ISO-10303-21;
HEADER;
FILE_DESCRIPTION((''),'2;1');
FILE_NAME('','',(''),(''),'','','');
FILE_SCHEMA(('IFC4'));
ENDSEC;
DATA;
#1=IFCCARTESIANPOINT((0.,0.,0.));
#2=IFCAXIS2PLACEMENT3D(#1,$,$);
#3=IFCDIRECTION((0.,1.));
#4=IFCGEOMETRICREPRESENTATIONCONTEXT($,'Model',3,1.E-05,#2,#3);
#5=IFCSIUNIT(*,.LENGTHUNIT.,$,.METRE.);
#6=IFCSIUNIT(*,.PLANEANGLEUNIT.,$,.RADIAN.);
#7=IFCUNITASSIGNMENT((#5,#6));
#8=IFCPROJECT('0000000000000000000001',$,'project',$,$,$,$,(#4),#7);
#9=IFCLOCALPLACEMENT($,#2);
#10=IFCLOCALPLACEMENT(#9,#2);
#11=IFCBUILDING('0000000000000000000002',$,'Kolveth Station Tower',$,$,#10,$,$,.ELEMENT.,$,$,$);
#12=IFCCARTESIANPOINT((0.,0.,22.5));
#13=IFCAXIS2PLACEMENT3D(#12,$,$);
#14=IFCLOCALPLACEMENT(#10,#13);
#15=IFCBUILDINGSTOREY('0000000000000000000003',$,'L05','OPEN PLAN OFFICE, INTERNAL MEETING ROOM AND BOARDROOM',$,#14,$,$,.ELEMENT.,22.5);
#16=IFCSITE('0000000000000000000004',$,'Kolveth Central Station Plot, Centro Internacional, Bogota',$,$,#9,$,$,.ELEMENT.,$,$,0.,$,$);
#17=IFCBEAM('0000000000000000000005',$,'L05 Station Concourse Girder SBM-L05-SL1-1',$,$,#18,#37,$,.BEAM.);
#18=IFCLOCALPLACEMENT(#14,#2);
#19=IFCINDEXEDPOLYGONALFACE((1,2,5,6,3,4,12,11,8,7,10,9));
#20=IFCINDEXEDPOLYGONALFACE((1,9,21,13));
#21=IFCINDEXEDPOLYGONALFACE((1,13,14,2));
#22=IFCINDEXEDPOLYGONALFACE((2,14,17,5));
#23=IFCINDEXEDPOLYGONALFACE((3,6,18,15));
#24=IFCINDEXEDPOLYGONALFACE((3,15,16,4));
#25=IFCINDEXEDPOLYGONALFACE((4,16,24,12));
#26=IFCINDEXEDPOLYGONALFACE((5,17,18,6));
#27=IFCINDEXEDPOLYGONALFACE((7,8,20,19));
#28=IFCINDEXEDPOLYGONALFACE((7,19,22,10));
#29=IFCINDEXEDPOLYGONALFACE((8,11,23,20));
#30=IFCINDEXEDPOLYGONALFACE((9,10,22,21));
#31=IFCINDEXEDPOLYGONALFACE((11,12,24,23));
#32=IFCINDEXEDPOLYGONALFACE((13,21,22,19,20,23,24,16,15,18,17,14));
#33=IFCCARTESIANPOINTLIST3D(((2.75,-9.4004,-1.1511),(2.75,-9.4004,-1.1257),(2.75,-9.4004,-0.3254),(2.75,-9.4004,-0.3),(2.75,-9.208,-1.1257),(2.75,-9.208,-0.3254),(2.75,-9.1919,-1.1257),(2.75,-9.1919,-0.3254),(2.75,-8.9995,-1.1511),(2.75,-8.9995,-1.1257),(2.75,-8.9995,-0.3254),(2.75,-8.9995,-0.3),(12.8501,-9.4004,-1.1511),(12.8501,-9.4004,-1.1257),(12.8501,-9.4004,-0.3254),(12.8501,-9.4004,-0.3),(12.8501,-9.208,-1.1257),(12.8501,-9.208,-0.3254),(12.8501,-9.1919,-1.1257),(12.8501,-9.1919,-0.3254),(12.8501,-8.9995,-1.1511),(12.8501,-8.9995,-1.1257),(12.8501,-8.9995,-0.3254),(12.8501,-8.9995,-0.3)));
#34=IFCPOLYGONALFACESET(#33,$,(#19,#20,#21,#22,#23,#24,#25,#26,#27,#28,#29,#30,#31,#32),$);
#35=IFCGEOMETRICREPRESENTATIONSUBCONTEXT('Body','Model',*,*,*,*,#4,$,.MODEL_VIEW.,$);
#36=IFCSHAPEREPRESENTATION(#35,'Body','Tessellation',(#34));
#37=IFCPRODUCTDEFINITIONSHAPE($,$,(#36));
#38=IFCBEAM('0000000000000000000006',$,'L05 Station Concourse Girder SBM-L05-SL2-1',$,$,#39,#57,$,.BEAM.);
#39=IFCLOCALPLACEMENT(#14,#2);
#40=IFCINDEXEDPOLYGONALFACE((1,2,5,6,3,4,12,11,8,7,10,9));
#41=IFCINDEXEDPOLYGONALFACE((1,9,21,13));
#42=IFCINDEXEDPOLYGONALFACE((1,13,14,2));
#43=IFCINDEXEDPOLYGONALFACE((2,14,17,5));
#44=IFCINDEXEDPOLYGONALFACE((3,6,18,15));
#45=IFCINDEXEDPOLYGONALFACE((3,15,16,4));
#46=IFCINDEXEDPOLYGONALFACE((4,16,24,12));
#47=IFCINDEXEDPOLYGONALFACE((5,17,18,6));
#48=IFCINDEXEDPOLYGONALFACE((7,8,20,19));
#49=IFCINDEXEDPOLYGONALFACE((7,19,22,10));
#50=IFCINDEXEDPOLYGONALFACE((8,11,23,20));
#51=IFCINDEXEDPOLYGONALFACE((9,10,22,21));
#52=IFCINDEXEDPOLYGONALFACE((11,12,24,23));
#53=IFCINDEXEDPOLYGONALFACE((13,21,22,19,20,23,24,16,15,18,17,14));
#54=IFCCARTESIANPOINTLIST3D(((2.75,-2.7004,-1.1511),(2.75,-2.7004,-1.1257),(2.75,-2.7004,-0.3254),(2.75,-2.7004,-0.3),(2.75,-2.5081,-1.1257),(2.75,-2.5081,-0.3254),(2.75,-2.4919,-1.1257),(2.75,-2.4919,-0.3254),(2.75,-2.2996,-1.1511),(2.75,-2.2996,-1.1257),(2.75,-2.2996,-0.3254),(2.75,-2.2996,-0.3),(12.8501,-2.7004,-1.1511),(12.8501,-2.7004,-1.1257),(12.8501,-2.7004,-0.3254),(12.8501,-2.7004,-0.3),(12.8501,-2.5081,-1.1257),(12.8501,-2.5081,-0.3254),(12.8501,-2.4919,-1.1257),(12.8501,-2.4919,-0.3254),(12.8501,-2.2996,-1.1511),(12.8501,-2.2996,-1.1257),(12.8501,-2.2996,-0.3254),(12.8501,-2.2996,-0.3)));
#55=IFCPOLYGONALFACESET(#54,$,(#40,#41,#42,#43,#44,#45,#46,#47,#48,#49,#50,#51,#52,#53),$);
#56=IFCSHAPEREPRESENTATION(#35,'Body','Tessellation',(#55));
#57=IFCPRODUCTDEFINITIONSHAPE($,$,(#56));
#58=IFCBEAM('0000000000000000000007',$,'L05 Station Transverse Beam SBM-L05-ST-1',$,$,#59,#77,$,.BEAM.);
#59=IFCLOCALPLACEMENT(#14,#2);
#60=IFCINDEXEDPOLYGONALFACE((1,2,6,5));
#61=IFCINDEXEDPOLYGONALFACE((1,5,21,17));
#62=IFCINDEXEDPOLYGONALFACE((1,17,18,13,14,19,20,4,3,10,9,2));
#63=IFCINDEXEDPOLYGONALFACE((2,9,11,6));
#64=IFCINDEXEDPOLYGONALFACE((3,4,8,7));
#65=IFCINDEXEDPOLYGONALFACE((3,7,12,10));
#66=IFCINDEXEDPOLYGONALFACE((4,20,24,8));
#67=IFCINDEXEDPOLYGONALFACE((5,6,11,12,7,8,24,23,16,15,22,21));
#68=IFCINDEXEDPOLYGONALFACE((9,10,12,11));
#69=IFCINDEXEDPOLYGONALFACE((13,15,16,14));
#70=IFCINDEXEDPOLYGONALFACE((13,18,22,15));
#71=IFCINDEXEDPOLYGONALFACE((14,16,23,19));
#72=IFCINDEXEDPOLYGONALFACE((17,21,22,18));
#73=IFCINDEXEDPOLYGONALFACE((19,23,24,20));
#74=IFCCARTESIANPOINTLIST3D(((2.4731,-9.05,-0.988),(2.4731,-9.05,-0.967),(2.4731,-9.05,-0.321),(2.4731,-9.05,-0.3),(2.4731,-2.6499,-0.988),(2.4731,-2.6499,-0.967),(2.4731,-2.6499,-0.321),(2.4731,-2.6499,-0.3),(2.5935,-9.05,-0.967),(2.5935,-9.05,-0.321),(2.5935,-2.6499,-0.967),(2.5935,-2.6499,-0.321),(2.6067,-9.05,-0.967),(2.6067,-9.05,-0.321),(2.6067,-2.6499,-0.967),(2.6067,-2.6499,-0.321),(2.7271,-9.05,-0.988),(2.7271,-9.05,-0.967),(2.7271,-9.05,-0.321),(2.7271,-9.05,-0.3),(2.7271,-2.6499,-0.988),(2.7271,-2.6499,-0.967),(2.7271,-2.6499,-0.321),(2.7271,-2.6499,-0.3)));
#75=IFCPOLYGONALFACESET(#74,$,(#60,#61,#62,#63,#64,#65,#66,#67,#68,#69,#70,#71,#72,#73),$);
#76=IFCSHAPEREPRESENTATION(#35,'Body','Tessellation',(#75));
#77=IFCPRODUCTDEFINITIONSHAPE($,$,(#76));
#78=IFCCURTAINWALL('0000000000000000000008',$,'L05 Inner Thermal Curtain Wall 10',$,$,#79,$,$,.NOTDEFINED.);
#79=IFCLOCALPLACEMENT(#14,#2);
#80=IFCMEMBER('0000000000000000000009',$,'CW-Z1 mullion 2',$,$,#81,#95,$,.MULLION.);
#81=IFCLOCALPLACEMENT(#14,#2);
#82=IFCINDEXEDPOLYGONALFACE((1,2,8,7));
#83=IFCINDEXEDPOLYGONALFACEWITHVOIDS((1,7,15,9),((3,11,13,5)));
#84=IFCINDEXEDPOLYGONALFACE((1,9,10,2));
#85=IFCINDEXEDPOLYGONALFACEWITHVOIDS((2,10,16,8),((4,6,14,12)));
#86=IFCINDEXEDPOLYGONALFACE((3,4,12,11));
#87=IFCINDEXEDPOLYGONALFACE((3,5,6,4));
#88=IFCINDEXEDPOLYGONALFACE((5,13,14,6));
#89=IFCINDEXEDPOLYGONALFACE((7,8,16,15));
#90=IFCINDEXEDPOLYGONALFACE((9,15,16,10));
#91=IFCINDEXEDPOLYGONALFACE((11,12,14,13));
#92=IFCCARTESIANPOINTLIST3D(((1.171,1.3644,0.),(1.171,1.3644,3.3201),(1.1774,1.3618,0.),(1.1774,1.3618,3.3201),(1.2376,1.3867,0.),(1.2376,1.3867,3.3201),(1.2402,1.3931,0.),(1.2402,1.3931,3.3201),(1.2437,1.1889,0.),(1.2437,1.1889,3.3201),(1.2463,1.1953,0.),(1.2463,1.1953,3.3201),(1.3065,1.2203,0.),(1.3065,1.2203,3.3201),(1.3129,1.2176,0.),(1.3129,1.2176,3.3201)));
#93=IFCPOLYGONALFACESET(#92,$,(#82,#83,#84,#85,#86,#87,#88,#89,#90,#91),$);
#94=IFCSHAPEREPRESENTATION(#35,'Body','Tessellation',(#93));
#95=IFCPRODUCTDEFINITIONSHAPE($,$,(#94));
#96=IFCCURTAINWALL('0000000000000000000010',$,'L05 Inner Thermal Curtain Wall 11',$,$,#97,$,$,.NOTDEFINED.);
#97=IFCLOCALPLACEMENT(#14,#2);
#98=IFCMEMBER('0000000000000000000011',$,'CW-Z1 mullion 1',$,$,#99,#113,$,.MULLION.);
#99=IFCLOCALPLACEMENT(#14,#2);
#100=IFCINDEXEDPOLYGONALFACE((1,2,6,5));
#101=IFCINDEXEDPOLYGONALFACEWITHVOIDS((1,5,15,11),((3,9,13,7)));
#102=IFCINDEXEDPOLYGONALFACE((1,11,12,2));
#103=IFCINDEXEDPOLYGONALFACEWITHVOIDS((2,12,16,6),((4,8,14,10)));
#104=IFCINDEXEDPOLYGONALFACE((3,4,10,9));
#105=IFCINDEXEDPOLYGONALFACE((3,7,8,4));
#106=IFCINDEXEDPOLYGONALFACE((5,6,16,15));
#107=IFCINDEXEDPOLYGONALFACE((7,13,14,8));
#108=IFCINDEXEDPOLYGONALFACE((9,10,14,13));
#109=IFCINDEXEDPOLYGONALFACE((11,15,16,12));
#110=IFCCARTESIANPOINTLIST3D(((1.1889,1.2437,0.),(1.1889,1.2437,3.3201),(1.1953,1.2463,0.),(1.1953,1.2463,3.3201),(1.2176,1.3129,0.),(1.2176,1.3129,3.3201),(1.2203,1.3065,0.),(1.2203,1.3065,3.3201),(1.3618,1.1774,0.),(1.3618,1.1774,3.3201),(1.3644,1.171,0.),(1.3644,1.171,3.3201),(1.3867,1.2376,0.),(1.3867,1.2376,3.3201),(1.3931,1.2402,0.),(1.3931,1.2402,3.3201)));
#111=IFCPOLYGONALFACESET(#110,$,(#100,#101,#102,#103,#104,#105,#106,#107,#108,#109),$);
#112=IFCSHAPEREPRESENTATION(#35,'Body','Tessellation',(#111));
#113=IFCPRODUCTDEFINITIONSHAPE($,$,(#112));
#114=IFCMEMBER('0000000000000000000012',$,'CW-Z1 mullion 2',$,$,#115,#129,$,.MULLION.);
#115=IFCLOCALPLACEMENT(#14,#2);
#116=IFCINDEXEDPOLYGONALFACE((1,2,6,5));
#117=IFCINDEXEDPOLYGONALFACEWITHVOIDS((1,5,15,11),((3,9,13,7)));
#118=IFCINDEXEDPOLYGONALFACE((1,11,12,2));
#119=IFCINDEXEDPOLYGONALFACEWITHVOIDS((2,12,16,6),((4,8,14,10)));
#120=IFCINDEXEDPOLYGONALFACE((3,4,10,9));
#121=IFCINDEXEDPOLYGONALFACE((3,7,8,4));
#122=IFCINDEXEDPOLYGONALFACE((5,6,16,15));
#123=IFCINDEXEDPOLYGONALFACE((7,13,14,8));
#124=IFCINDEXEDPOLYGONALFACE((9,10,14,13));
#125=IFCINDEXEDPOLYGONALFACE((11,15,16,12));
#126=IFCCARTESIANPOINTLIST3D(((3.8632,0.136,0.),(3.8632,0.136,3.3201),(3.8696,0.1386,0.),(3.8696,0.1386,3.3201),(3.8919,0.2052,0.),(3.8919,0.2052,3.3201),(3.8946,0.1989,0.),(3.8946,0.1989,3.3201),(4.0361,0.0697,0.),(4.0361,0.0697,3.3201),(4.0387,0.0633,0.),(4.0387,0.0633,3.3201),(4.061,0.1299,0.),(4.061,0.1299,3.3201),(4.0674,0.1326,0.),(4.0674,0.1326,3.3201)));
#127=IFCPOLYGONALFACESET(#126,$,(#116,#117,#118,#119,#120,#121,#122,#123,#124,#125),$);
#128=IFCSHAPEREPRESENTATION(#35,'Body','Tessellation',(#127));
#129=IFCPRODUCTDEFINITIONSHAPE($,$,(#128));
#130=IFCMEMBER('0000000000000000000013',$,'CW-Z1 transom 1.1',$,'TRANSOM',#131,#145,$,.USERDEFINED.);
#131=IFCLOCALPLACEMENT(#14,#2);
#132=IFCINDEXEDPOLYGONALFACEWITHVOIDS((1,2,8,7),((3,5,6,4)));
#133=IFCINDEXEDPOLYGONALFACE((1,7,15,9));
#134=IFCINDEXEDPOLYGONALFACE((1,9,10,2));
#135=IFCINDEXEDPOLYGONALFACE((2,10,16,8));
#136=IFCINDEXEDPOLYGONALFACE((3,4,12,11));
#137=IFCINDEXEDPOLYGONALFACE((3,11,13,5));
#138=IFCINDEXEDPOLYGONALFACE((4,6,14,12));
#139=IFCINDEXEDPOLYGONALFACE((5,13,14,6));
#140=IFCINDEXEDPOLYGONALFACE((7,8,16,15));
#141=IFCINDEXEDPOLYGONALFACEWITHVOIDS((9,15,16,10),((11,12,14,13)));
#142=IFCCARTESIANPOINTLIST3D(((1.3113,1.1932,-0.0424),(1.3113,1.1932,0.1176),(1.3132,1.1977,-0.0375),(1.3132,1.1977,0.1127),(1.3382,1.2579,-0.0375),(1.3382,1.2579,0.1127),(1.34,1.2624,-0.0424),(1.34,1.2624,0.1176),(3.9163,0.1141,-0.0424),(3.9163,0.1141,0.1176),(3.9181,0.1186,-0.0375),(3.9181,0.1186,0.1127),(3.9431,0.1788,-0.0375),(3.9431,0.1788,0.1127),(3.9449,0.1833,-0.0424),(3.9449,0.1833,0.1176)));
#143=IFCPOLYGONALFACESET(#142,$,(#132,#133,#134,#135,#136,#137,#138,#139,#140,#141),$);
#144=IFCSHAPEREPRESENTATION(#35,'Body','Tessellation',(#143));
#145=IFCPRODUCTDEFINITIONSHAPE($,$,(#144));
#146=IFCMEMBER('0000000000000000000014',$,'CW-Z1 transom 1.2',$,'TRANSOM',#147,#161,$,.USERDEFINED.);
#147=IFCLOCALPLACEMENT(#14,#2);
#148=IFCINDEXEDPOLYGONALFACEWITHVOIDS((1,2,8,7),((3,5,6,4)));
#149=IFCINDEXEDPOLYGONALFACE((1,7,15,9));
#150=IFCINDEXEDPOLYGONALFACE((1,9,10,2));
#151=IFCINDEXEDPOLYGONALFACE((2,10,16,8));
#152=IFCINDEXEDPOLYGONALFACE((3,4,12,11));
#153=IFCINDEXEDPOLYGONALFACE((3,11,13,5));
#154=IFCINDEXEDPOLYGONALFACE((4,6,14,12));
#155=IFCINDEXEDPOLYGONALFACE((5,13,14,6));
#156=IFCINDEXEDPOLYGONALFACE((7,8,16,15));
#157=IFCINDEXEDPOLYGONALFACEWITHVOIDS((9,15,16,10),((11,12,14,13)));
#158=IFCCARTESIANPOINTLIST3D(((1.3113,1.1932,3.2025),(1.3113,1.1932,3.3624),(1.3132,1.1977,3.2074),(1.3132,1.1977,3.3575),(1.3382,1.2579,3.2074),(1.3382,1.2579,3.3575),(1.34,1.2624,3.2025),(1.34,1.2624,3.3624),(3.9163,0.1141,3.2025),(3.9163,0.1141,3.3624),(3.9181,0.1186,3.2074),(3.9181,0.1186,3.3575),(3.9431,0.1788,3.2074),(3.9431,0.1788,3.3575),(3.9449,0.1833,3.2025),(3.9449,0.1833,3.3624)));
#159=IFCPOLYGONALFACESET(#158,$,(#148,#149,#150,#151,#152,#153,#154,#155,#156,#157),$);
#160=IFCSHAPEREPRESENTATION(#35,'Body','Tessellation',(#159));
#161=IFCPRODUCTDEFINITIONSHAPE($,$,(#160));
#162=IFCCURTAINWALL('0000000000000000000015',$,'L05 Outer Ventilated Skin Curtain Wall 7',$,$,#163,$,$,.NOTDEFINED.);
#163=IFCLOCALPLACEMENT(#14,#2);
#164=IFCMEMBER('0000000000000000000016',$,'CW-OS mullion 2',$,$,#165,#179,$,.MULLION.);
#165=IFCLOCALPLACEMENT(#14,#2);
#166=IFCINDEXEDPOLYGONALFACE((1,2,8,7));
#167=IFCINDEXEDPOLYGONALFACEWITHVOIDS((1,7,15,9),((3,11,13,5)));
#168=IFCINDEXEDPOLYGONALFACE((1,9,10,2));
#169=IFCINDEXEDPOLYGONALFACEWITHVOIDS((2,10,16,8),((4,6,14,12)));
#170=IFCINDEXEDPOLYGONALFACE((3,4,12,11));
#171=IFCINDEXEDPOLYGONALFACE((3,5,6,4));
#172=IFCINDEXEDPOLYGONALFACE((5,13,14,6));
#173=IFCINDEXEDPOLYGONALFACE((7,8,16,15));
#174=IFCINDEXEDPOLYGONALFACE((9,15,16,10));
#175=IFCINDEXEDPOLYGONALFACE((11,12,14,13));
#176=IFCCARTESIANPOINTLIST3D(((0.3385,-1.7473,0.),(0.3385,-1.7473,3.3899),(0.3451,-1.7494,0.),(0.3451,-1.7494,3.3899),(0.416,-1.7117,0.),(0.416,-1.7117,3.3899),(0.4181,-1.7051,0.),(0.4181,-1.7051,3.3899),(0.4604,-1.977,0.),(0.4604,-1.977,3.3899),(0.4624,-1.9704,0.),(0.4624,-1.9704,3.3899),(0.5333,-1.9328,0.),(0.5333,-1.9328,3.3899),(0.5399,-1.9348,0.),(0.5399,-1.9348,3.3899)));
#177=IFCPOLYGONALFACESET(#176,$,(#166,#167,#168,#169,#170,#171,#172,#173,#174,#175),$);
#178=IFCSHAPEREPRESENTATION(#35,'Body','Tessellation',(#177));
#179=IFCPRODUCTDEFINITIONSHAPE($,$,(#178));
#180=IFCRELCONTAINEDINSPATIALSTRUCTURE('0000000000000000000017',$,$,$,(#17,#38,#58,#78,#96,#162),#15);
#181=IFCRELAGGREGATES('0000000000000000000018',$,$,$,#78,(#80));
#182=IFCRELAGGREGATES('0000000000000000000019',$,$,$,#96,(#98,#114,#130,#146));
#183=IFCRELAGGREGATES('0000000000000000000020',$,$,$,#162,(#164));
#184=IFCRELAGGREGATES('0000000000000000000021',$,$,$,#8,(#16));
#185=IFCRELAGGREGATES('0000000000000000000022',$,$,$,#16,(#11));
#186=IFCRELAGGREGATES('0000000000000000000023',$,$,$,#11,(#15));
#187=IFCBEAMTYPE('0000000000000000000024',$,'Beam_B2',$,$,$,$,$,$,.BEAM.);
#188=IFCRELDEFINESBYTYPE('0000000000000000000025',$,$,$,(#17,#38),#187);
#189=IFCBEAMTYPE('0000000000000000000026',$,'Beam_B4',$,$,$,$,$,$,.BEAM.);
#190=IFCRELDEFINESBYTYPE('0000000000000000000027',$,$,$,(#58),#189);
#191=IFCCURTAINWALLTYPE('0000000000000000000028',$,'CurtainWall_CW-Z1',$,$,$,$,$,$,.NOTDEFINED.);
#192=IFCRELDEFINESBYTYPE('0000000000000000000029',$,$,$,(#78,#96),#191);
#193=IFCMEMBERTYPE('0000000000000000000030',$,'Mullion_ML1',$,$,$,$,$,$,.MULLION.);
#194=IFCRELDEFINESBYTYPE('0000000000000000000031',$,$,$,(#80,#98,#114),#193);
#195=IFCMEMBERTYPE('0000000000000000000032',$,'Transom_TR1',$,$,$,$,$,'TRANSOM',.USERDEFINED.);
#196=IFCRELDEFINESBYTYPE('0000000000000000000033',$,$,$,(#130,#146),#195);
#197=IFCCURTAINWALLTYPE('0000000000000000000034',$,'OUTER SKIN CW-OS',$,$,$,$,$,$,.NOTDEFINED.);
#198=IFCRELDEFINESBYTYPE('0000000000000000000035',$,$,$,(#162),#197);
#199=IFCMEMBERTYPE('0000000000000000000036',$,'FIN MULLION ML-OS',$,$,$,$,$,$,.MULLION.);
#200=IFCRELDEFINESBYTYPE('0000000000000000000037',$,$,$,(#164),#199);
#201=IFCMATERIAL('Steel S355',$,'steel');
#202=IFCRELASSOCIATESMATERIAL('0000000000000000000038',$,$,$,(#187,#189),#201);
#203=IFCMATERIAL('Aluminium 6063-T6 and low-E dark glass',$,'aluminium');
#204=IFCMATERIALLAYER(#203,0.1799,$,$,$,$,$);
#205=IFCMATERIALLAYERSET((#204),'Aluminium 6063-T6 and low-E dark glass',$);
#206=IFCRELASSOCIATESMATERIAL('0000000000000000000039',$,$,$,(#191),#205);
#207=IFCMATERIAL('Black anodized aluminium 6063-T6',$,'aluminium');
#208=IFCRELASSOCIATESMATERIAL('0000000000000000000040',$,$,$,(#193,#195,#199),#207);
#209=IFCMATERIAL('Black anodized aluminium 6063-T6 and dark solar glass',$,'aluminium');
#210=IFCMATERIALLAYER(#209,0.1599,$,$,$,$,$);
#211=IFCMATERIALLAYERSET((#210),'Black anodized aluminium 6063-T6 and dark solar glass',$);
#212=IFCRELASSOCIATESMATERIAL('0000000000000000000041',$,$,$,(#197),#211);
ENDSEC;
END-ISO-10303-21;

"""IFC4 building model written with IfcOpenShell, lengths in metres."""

from ifc_helpers import new_model, si_unit, direction, frame, origin, origin_2d, place, context, subcontext, project, spatial, hollow_rectangle, i_section, extrude, source, transform, mapped, material, layer, layer_set, material_profile, profile_set, type_object, element, aggregate, save


model = new_model("IFC4")

# Units and contexts
model_context = context("Model", 3, precision=1e-05, world=origin(), true_north=direction((0.0, 1.0)))
body_context = subcontext(model_context, "Body", "Model", "MODEL_VIEW")
ifc_project = project(units=[si_unit("LENGTHUNIT", "METRE"), si_unit("PLANEANGLEUNIT", "RADIAN")], contexts=[model_context])

# Site, building, storey
site_placement = place(None, origin())
site = spatial("IfcSite", under=ifc_project, at=site_placement, Name="Kolveth Central Station Plot, Centro Internacional, Bogota", CompositionType="ELEMENT", RefElevation=0.0)
building_placement = place(site_placement, origin())
building = spatial("IfcBuilding", under=site, at=building_placement, Name="Kolveth Station Tower", CompositionType="ELEMENT")
storey_placement = place(building_placement, frame((0.0, 0.0, 22.5)))
storey = spatial("IfcBuildingStorey", under=building, at=storey_placement, Name="L05", Description="OPEN PLAN OFFICE, INTERNAL MEETING ROOM AND BOARDROOM", CompositionType="ELEMENT", Elevation=22.5)

# Beams
ifc_material_1 = material(Name="Steel S355", Category="steel")
ifc_material_profile_1 = material_profile(ifc_material_1, i_section(OverallWidth=0.4009, OverallDepth=0.8511, WebThickness=0.0161, FlangeThickness=0.0254, at=origin_2d()), Name="W840x226")
ifc_profile_set_1 = profile_set([ifc_material_profile_1], Name="Steel S355")
beam_type_1 = type_object("IfcBeamType", Name="Beam_B2", PredefinedType="BEAM", material=ifc_profile_set_1)
shared_shape_1 = source(origin(), body_context, "Body", "SweptSolid", [
    extrude(i_section(OverallWidth=0.4009, OverallDepth=0.8511, WebThickness=0.0161, FlangeThickness=0.0254, at=origin_2d()), origin(), (0.0, 0.0, 1.0), 10.1001),
])
for number, where, z_axis, x_axis, name in (
    (1, (2.75, -9.2, -0.7256), (1.0, 0.0, 0.0), (0.0, 1.0, 0.0), "L05 Station Concourse Girder SBM-L05-SL1-1"),
    (2, (2.75, -2.5, -0.7256), (1.0, 0.0, 0.0), (0.0, 1.0, 0.0), "L05 Station Concourse Girder SBM-L05-SL2-1"),
):
    element("IfcBeam", number, at=place(storey_placement, frame(where, z_axis=z_axis, x_axis=x_axis)), inside=storey, type_object=beam_type_1, Name=name, PredefinedType="BEAM", context=body_context, shape_type="MappedRepresentation", body=[
        mapped(shared_shape_1, transform((0.0, 0.0, 0.0), x_axis=(1.0, 0.0, 0.0), y_axis=(0.0, 1.0, 0.0), z_axis=(0.0, 0.0, 1.0), scale=1.0)),
    ])
ifc_material_profile_2 = material_profile(ifc_material_1, i_section(OverallWidth=0.2539, OverallDepth=0.688, WebThickness=0.0132, FlangeThickness=0.021, at=origin_2d()), Name="W690x152")
ifc_profile_set_2 = profile_set([ifc_material_profile_2], Name="Steel S355")
beam_type_2 = type_object("IfcBeamType", Name="Beam_B4", PredefinedType="BEAM", material=ifc_profile_set_2)
shared_shape_2 = source(origin(), body_context, "Body", "SweptSolid", [
    extrude(i_section(OverallWidth=0.2539, OverallDepth=0.688, WebThickness=0.0132, FlangeThickness=0.021, at=origin_2d()), origin(), (0.0, 0.0, 1.0), 6.4001),
])
beam_placement = place(storey_placement, frame((2.6001, -9.05, -0.644), z_axis=(0.0, 1.0, 0.0), x_axis=(-1.0, 0.0, 0.0)))
element("IfcBeam", 3, at=beam_placement, inside=storey, type_object=beam_type_2, Name="L05 Station Transverse Beam SBM-L05-ST-1", PredefinedType="BEAM", context=body_context, shape_type="MappedRepresentation", body=[
    mapped(shared_shape_2, transform((0.0, 0.0, 0.0), x_axis=(1.0, 0.0, 0.0), y_axis=(0.0, 1.0, 0.0), z_axis=(0.0, 0.0, 1.0), scale=1.0)),
])

# Curtain wall, member
ifc_material_2 = material(Name="Aluminium 6063-T6 and low-E dark glass", Category="aluminium")
ifc_layer_1 = layer(ifc_material_2, 0.1799)
ifc_layer_set_1 = layer_set([ifc_layer_1], Name="Aluminium 6063-T6 and low-E dark glass")
curtain_wall_type_1 = type_object("IfcCurtainWallType", Name="CurtainWall_CW-Z1", PredefinedType="NOTDEFINED", material=ifc_layer_set_1)
curtain_wall_1_placement = place(storey_placement, origin())
curtain_wall_1 = element("IfcCurtainWall", 4, at=curtain_wall_1_placement, inside=storey, type_object=curtain_wall_type_1, Name="L05 Inner Thermal Curtain Wall 10", PredefinedType="NOTDEFINED")
ifc_material_3 = material(Name="Black anodized aluminium 6063-T6", Category="aluminium")
ifc_material_profile_3 = material_profile(ifc_material_3, hollow_rectangle(XDim=0.075, YDim=0.1899, WallThickness=0.0049, at=origin_2d()), Name="ALU-75x190x5")
ifc_profile_set_3 = profile_set([ifc_material_profile_3], Name="Black anodized aluminium 6063-T6")
member_type_1 = type_object("IfcMemberType", Name="Mullion_ML1", PredefinedType="MULLION", material=ifc_profile_set_3)
shared_shape_3 = source(origin(), body_context, "Body", "SweptSolid", [
    extrude(hollow_rectangle(XDim=0.075, YDim=0.1899, WallThickness=0.0049, at=origin_2d()), origin(), (0.0, 0.0, 1.0), 3.3201),
])
member_1_placement = place(storey_placement, frame((1.2419, 1.291, 0.0), z_axis=(0.0, 0.0, 1.0), x_axis=(0.923884, 0.382673, 0.0)))
member_1 = element("IfcMember", 5, at=member_1_placement, type_object=member_type_1, Name="CW-Z1 mullion 2", PredefinedType="MULLION", context=body_context, shape_type="MappedRepresentation", body=[
    mapped(shared_shape_3, transform((0.0, 0.0, 0.0), x_axis=(1.0, 0.0, 0.0), y_axis=(0.0, 1.0, 0.0), z_axis=(0.0, 0.0, 1.0), scale=1.0)),
])

# Curtain wall, members
curtain_wall_2_placement = place(storey_placement, origin())
curtain_wall_2 = element("IfcCurtainWall", 6, at=curtain_wall_2_placement, inside=storey, type_object=curtain_wall_type_1, Name="L05 Inner Thermal Curtain Wall 11", PredefinedType="NOTDEFINED")
member_2_placement = place(storey_placement, frame((1.291, 1.2419, 0.0), z_axis=(0.0, 0.0, 1.0), x_axis=(0.382673, 0.923884, 0.0)))
member_2 = element("IfcMember", 7, at=member_2_placement, type_object=member_type_1, Name="CW-Z1 mullion 1", PredefinedType="MULLION", context=body_context, shape_type="MappedRepresentation", body=[
    mapped(shared_shape_3, transform((0.0, 0.0, 0.0), x_axis=(1.0, 0.0, 0.0), y_axis=(0.0, 1.0, 0.0), z_axis=(0.0, 0.0, 1.0), scale=1.0)),
])
member_3_placement = place(storey_placement, frame((3.9653, 0.1343, 0.0), z_axis=(0.0, 0.0, 1.0), x_axis=(0.382673, 0.923884, 0.0)))
member_3 = element("IfcMember", 8, at=member_3_placement, type_object=member_type_1, Name="CW-Z1 mullion 2", PredefinedType="MULLION", context=body_context, shape_type="MappedRepresentation", body=[
    mapped(shared_shape_3, transform((0.0, 0.0, 0.0), x_axis=(1.0, 0.0, 0.0), y_axis=(0.0, 1.0, 0.0), z_axis=(0.0, 0.0, 1.0), scale=1.0)),
])
ifc_material_profile_4 = material_profile(ifc_material_3, hollow_rectangle(XDim=0.075, YDim=0.1599, WallThickness=0.0049, at=origin_2d()), Name="ALU-75x160x5")
ifc_profile_set_4 = profile_set([ifc_material_profile_4], Name="Black anodized aluminium 6063-T6")
member_type_2 = type_object("IfcMemberType", Name="Transom_TR1", ElementType="TRANSOM", PredefinedType="USERDEFINED", material=ifc_profile_set_4)
shared_shape_4 = source(origin(), body_context, "Body", "SweptSolid", [
    extrude(hollow_rectangle(XDim=0.075, YDim=0.1599, WallThickness=0.0049, at=origin_2d()), origin(), (0.0, 0.0, 1.0), 2.8196),
])
member_4_placement = place(storey_placement, frame((1.3257, 1.2278, 0.0376), z_axis=(0.923869, -0.382709, 0.0), x_axis=(0.382709, 0.923869, 0.0)))
member_4 = element("IfcMember", 9, at=member_4_placement, type_object=member_type_2, Name="CW-Z1 transom 1.1", ObjectType="TRANSOM", PredefinedType="USERDEFINED", context=body_context, shape_type="MappedRepresentation", body=[
    mapped(shared_shape_4, transform((0.0, 0.0, 0.0), x_axis=(1.0, 0.0, 0.0), y_axis=(0.0, 1.0, 0.0), z_axis=(0.0, 0.0, 1.0), scale=1.0)),
])
member_5_placement = place(storey_placement, frame((1.3257, 1.2278, 3.2825), z_axis=(0.923869, -0.382709, 0.0), x_axis=(0.382709, 0.923869, 0.0)))
member_5 = element("IfcMember", 10, at=member_5_placement, type_object=member_type_2, Name="CW-Z1 transom 1.2", ObjectType="TRANSOM", PredefinedType="USERDEFINED", context=body_context, shape_type="MappedRepresentation", body=[
    mapped(shared_shape_4, transform((0.0, 0.0, 0.0), x_axis=(1.0, 0.0, 0.0), y_axis=(0.0, 1.0, 0.0), z_axis=(0.0, 0.0, 1.0), scale=1.0)),
])

# Curtain wall, member
ifc_material_4 = material(Name="Black anodized aluminium 6063-T6 and dark solar glass", Category="aluminium")
ifc_layer_2 = layer(ifc_material_4, 0.1599)
ifc_layer_set_2 = layer_set([ifc_layer_2], Name="Black anodized aluminium 6063-T6 and dark solar glass")
curtain_wall_type_2 = type_object("IfcCurtainWallType", Name="OUTER SKIN CW-OS", PredefinedType="NOTDEFINED", material=ifc_layer_set_2)
curtain_wall_3_placement = place(storey_placement, origin())
curtain_wall_3 = element("IfcCurtainWall", 11, at=curtain_wall_3_placement, inside=storey, type_object=curtain_wall_type_2, Name="L05 Outer Ventilated Skin Curtain Wall 7", PredefinedType="NOTDEFINED")
ifc_material_profile_5 = material_profile(ifc_material_3, hollow_rectangle(XDim=0.0901, YDim=0.26, WallThickness=0.0049, at=origin_2d()), Name="ALU-90x260x5")
ifc_profile_set_5 = profile_set([ifc_material_profile_5], Name="Black anodized aluminium 6063-T6")
member_type_3 = type_object("IfcMemberType", Name="FIN MULLION ML-OS", PredefinedType="MULLION", material=ifc_profile_set_5)
shared_shape_5 = source(origin(), body_context, "Body", "SweptSolid", [
    extrude(hollow_rectangle(XDim=0.0901, YDim=0.26, WallThickness=0.0049, at=origin_2d()), origin(), (0.0, 0.0, 1.0), 3.3899),
])
member_6_placement = place(storey_placement, frame((0.4392, -1.8411, 0.0), z_axis=(0.0, 0.0, 1.0), x_axis=(0.883337, 0.468738, 0.0)))
member_6 = element("IfcMember", 12, at=member_6_placement, type_object=member_type_3, Name="CW-OS mullion 2", PredefinedType="MULLION", context=body_context, shape_type="MappedRepresentation", body=[
    mapped(shared_shape_5, transform((0.0, 0.0, 0.0), x_axis=(1.0, 0.0, 0.0), y_axis=(0.0, 1.0, 0.0), z_axis=(0.0, 0.0, 1.0), scale=1.0)),
])

aggregate(curtain_wall_1, [member_1])
aggregate(curtain_wall_2, [member_2, member_3, member_4, member_5])
aggregate(curtain_wall_3, [member_6])

save(model, "model.ifc")
